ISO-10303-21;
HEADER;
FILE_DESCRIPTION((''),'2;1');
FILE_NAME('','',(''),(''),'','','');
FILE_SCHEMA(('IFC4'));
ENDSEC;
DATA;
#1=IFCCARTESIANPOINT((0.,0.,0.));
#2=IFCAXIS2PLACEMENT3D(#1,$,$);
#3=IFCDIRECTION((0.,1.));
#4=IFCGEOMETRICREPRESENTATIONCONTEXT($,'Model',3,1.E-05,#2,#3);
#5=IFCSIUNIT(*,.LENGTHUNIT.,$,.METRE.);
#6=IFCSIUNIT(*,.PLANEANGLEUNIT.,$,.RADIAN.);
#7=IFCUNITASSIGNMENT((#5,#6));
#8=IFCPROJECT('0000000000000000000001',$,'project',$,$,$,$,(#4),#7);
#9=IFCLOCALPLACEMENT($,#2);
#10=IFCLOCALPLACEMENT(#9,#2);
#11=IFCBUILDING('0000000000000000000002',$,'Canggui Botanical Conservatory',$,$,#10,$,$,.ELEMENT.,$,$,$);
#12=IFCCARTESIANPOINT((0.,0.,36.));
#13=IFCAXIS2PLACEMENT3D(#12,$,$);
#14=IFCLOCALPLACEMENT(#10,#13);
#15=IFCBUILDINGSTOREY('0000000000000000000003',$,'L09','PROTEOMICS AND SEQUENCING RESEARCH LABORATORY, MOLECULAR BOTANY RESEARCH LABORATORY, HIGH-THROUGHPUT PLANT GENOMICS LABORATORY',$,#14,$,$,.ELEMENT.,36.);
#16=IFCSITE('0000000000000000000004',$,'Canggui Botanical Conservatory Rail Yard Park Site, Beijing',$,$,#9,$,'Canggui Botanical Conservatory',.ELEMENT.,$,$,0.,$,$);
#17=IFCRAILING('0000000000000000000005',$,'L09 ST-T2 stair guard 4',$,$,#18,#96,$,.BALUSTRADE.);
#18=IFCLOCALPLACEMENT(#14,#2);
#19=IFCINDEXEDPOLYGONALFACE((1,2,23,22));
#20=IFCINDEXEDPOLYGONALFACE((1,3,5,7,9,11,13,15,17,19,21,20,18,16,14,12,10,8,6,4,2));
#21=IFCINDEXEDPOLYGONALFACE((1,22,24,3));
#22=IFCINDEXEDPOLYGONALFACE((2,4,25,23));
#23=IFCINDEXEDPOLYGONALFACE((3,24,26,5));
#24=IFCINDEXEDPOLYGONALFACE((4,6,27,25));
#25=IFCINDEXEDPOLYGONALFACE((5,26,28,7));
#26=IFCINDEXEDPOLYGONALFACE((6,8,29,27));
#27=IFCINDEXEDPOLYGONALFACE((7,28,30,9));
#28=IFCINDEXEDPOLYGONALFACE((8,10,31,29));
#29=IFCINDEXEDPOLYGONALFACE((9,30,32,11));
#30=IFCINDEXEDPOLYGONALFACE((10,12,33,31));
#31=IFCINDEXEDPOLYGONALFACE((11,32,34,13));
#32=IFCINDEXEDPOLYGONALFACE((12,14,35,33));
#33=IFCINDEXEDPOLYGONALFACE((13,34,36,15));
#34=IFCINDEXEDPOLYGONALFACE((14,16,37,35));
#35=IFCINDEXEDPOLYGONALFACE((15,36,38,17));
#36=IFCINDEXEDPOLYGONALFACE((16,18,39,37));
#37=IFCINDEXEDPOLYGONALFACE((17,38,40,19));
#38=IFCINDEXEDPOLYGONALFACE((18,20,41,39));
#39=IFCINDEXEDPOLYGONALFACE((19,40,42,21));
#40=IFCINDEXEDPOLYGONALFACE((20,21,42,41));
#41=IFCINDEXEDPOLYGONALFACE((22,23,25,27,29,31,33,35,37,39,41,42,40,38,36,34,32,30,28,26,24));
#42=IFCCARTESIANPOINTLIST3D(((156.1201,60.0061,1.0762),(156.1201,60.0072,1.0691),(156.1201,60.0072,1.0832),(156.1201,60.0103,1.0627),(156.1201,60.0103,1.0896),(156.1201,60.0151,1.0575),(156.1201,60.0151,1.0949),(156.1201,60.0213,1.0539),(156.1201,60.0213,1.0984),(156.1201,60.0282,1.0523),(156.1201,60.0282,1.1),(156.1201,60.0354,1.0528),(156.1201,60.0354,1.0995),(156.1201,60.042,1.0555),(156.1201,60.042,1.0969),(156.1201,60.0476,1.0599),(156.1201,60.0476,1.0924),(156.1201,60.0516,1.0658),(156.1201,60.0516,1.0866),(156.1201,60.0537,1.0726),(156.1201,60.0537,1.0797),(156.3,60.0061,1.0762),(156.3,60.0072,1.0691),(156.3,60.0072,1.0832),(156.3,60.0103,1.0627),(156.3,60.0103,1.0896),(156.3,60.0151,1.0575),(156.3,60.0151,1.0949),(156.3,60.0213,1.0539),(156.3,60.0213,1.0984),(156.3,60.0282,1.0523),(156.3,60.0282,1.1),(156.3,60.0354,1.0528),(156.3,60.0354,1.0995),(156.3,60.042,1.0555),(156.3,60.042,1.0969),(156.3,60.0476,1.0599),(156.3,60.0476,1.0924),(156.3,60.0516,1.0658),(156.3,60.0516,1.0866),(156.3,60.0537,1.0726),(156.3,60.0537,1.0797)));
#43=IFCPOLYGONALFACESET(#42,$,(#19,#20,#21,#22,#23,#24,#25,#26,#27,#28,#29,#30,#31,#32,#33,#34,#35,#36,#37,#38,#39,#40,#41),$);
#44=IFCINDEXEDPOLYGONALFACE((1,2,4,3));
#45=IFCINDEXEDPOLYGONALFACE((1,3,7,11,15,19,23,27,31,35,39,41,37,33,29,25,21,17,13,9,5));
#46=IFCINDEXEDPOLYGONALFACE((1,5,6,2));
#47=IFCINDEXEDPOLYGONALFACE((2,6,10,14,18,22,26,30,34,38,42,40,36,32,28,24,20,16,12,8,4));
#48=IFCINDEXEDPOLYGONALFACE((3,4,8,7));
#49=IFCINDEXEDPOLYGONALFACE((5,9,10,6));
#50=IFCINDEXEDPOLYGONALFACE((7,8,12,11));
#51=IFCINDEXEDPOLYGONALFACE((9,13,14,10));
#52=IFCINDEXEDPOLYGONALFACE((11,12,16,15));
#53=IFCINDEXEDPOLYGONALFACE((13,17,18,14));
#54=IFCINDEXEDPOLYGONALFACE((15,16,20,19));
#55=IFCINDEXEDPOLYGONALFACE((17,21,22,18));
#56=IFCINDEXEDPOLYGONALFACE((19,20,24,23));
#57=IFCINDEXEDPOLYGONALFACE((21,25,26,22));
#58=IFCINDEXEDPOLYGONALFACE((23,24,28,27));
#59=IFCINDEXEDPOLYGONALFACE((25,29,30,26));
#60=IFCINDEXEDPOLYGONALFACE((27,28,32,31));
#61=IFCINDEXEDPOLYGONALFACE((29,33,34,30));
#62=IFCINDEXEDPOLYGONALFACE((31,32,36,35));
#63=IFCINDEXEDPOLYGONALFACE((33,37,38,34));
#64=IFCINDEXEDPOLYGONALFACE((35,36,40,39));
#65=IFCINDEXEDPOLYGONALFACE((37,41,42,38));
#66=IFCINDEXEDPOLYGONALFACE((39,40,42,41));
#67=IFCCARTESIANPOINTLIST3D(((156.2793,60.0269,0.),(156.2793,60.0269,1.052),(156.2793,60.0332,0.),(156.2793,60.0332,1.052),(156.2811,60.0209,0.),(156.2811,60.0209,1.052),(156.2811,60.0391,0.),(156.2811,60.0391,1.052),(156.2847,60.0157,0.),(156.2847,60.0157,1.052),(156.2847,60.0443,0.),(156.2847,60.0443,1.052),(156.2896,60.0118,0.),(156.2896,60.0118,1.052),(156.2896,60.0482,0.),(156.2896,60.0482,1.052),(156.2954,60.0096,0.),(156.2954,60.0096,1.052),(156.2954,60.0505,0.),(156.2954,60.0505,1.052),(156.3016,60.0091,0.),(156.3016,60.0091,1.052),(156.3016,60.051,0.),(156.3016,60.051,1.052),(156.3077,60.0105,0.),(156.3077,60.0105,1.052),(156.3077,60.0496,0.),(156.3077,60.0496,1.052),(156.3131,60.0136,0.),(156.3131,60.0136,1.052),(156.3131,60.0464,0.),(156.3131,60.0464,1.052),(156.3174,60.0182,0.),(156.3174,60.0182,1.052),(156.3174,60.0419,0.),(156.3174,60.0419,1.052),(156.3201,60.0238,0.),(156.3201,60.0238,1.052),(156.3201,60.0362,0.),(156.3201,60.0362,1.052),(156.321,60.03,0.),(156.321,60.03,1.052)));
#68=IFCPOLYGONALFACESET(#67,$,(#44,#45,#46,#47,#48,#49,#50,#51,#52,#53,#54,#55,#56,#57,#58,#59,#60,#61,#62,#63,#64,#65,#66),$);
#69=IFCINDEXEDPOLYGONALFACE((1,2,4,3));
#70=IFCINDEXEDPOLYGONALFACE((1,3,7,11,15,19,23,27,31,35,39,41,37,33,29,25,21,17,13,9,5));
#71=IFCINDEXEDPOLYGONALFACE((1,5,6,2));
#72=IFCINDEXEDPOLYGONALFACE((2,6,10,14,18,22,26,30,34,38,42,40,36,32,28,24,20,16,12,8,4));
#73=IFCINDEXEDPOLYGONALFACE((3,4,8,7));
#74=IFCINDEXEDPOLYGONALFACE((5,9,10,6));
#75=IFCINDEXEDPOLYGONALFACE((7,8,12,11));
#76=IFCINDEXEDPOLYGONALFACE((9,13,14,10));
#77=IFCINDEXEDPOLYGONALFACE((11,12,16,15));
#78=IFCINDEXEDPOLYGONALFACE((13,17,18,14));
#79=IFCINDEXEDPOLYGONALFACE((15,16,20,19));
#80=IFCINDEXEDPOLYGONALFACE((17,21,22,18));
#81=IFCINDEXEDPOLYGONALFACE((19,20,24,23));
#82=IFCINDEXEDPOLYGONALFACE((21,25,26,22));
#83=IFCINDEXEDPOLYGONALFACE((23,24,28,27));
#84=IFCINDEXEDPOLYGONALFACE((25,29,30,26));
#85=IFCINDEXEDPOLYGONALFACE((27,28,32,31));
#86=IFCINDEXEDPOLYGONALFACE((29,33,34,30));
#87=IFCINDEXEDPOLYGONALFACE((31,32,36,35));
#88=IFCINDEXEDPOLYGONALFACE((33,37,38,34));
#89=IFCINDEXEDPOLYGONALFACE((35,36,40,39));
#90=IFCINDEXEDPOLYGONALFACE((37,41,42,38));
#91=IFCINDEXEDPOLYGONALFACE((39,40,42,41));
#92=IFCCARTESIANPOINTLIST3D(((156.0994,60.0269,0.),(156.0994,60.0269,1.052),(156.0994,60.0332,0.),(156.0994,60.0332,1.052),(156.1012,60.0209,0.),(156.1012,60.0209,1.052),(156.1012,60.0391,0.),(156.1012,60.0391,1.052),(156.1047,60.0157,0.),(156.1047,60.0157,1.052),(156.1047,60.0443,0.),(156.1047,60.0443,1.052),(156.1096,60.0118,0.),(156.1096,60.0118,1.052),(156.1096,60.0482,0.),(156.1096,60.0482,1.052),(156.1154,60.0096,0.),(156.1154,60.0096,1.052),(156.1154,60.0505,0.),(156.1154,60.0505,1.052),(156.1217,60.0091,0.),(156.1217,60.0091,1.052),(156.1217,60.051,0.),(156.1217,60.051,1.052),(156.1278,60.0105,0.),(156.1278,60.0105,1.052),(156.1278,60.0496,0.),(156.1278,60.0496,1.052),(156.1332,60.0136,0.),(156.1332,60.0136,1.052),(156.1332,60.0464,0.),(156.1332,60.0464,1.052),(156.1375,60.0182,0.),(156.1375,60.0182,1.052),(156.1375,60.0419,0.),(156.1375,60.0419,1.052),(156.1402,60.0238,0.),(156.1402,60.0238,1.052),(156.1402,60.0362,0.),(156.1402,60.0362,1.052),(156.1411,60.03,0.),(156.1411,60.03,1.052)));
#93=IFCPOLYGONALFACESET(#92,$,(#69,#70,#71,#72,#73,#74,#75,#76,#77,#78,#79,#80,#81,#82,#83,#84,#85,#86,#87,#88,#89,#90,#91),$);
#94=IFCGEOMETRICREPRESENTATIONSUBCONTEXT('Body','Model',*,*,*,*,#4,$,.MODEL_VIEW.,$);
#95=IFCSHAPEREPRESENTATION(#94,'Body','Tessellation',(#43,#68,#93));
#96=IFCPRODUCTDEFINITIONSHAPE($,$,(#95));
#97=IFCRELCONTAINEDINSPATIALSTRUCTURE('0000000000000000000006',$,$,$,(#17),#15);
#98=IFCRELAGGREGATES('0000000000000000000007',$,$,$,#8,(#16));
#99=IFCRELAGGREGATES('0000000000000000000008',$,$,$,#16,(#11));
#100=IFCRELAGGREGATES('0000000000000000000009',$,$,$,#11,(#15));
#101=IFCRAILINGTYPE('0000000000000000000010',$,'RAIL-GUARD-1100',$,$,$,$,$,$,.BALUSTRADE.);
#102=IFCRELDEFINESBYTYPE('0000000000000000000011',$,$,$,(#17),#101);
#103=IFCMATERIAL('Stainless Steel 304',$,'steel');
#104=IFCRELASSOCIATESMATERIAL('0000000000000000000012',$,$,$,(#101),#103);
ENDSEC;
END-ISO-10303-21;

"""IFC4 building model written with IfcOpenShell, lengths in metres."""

from ifc_helpers import new_model, si_unit, direction, frame, origin, origin_2d, place, context, subcontext, project, spatial, circle, extrude, material, type_object, element, save


model = new_model("IFC4")

# Units and contexts
model_context = context("Model", 3, precision=1e-05, world=origin(), true_north=direction((0.0, 1.0)))
body_context = subcontext(model_context, "Body", "Model", "MODEL_VIEW")
ifc_project = project(units=[si_unit("LENGTHUNIT", "METRE"), si_unit("PLANEANGLEUNIT", "RADIAN")], contexts=[model_context])

# Site, building, storey
site_placement = place(None, origin())
site = spatial("IfcSite", under=ifc_project, at=site_placement, Name="Canggui Botanical Conservatory Rail Yard Park Site, Beijing", LongName="Canggui Botanical Conservatory", CompositionType="ELEMENT", RefElevation=0.0)
building_placement = place(site_placement, origin())
building = spatial("IfcBuilding", under=site, at=building_placement, Name="Canggui Botanical Conservatory", CompositionType="ELEMENT")
storey_placement = place(building_placement, frame((0.0, 0.0, 36.0)))
storey = spatial("IfcBuildingStorey", under=building, at=storey_placement, Name="L09", Description="PROTEOMICS AND SEQUENCING RESEARCH LABORATORY, MOLECULAR BOTANY RESEARCH LABORATORY, HIGH-THROUGHPUT PLANT GENOMICS LABORATORY", CompositionType="ELEMENT", Elevation=36.0)

# Shared definitions
ifc_material_1 = material(Name="Stainless Steel 304", Category="steel")

# Railing
railing_type_1 = type_object("IfcRailingType", Name="RAIL-GUARD-1100", PredefinedType="BALUSTRADE", material=ifc_material_1)
railing_1_placement = place(storey_placement, frame((156.3, 60.03, 0.0)))
element("IfcRailing", 1, at=railing_1_placement, inside=storey, type_object=railing_type_1, Name="L09 ST-T2 stair guard 4", PredefinedType="BALUSTRADE", context=body_context, shape_type="SweptSolid", body=[
    extrude(circle(Radius=0.0239, at=origin_2d()), frame((0.0, 0.0, 1.0762), z_axis=(-1.0, 0.0, 0.0), x_axis=(0.0, -1.0, 0.0)), (0.0, 0.0, 1.0), 0.1799),
    extrude(circle(Radius=0.021, at=origin_2d()), origin(), (0.0, 0.0, 1.0), 1.052),
    extrude(circle(Radius=0.021, at=origin_2d()), frame((-0.1799, 0.0, 0.0)), (0.0, 0.0, 1.0), 1.052),
])

save(model, "model.ifc")
